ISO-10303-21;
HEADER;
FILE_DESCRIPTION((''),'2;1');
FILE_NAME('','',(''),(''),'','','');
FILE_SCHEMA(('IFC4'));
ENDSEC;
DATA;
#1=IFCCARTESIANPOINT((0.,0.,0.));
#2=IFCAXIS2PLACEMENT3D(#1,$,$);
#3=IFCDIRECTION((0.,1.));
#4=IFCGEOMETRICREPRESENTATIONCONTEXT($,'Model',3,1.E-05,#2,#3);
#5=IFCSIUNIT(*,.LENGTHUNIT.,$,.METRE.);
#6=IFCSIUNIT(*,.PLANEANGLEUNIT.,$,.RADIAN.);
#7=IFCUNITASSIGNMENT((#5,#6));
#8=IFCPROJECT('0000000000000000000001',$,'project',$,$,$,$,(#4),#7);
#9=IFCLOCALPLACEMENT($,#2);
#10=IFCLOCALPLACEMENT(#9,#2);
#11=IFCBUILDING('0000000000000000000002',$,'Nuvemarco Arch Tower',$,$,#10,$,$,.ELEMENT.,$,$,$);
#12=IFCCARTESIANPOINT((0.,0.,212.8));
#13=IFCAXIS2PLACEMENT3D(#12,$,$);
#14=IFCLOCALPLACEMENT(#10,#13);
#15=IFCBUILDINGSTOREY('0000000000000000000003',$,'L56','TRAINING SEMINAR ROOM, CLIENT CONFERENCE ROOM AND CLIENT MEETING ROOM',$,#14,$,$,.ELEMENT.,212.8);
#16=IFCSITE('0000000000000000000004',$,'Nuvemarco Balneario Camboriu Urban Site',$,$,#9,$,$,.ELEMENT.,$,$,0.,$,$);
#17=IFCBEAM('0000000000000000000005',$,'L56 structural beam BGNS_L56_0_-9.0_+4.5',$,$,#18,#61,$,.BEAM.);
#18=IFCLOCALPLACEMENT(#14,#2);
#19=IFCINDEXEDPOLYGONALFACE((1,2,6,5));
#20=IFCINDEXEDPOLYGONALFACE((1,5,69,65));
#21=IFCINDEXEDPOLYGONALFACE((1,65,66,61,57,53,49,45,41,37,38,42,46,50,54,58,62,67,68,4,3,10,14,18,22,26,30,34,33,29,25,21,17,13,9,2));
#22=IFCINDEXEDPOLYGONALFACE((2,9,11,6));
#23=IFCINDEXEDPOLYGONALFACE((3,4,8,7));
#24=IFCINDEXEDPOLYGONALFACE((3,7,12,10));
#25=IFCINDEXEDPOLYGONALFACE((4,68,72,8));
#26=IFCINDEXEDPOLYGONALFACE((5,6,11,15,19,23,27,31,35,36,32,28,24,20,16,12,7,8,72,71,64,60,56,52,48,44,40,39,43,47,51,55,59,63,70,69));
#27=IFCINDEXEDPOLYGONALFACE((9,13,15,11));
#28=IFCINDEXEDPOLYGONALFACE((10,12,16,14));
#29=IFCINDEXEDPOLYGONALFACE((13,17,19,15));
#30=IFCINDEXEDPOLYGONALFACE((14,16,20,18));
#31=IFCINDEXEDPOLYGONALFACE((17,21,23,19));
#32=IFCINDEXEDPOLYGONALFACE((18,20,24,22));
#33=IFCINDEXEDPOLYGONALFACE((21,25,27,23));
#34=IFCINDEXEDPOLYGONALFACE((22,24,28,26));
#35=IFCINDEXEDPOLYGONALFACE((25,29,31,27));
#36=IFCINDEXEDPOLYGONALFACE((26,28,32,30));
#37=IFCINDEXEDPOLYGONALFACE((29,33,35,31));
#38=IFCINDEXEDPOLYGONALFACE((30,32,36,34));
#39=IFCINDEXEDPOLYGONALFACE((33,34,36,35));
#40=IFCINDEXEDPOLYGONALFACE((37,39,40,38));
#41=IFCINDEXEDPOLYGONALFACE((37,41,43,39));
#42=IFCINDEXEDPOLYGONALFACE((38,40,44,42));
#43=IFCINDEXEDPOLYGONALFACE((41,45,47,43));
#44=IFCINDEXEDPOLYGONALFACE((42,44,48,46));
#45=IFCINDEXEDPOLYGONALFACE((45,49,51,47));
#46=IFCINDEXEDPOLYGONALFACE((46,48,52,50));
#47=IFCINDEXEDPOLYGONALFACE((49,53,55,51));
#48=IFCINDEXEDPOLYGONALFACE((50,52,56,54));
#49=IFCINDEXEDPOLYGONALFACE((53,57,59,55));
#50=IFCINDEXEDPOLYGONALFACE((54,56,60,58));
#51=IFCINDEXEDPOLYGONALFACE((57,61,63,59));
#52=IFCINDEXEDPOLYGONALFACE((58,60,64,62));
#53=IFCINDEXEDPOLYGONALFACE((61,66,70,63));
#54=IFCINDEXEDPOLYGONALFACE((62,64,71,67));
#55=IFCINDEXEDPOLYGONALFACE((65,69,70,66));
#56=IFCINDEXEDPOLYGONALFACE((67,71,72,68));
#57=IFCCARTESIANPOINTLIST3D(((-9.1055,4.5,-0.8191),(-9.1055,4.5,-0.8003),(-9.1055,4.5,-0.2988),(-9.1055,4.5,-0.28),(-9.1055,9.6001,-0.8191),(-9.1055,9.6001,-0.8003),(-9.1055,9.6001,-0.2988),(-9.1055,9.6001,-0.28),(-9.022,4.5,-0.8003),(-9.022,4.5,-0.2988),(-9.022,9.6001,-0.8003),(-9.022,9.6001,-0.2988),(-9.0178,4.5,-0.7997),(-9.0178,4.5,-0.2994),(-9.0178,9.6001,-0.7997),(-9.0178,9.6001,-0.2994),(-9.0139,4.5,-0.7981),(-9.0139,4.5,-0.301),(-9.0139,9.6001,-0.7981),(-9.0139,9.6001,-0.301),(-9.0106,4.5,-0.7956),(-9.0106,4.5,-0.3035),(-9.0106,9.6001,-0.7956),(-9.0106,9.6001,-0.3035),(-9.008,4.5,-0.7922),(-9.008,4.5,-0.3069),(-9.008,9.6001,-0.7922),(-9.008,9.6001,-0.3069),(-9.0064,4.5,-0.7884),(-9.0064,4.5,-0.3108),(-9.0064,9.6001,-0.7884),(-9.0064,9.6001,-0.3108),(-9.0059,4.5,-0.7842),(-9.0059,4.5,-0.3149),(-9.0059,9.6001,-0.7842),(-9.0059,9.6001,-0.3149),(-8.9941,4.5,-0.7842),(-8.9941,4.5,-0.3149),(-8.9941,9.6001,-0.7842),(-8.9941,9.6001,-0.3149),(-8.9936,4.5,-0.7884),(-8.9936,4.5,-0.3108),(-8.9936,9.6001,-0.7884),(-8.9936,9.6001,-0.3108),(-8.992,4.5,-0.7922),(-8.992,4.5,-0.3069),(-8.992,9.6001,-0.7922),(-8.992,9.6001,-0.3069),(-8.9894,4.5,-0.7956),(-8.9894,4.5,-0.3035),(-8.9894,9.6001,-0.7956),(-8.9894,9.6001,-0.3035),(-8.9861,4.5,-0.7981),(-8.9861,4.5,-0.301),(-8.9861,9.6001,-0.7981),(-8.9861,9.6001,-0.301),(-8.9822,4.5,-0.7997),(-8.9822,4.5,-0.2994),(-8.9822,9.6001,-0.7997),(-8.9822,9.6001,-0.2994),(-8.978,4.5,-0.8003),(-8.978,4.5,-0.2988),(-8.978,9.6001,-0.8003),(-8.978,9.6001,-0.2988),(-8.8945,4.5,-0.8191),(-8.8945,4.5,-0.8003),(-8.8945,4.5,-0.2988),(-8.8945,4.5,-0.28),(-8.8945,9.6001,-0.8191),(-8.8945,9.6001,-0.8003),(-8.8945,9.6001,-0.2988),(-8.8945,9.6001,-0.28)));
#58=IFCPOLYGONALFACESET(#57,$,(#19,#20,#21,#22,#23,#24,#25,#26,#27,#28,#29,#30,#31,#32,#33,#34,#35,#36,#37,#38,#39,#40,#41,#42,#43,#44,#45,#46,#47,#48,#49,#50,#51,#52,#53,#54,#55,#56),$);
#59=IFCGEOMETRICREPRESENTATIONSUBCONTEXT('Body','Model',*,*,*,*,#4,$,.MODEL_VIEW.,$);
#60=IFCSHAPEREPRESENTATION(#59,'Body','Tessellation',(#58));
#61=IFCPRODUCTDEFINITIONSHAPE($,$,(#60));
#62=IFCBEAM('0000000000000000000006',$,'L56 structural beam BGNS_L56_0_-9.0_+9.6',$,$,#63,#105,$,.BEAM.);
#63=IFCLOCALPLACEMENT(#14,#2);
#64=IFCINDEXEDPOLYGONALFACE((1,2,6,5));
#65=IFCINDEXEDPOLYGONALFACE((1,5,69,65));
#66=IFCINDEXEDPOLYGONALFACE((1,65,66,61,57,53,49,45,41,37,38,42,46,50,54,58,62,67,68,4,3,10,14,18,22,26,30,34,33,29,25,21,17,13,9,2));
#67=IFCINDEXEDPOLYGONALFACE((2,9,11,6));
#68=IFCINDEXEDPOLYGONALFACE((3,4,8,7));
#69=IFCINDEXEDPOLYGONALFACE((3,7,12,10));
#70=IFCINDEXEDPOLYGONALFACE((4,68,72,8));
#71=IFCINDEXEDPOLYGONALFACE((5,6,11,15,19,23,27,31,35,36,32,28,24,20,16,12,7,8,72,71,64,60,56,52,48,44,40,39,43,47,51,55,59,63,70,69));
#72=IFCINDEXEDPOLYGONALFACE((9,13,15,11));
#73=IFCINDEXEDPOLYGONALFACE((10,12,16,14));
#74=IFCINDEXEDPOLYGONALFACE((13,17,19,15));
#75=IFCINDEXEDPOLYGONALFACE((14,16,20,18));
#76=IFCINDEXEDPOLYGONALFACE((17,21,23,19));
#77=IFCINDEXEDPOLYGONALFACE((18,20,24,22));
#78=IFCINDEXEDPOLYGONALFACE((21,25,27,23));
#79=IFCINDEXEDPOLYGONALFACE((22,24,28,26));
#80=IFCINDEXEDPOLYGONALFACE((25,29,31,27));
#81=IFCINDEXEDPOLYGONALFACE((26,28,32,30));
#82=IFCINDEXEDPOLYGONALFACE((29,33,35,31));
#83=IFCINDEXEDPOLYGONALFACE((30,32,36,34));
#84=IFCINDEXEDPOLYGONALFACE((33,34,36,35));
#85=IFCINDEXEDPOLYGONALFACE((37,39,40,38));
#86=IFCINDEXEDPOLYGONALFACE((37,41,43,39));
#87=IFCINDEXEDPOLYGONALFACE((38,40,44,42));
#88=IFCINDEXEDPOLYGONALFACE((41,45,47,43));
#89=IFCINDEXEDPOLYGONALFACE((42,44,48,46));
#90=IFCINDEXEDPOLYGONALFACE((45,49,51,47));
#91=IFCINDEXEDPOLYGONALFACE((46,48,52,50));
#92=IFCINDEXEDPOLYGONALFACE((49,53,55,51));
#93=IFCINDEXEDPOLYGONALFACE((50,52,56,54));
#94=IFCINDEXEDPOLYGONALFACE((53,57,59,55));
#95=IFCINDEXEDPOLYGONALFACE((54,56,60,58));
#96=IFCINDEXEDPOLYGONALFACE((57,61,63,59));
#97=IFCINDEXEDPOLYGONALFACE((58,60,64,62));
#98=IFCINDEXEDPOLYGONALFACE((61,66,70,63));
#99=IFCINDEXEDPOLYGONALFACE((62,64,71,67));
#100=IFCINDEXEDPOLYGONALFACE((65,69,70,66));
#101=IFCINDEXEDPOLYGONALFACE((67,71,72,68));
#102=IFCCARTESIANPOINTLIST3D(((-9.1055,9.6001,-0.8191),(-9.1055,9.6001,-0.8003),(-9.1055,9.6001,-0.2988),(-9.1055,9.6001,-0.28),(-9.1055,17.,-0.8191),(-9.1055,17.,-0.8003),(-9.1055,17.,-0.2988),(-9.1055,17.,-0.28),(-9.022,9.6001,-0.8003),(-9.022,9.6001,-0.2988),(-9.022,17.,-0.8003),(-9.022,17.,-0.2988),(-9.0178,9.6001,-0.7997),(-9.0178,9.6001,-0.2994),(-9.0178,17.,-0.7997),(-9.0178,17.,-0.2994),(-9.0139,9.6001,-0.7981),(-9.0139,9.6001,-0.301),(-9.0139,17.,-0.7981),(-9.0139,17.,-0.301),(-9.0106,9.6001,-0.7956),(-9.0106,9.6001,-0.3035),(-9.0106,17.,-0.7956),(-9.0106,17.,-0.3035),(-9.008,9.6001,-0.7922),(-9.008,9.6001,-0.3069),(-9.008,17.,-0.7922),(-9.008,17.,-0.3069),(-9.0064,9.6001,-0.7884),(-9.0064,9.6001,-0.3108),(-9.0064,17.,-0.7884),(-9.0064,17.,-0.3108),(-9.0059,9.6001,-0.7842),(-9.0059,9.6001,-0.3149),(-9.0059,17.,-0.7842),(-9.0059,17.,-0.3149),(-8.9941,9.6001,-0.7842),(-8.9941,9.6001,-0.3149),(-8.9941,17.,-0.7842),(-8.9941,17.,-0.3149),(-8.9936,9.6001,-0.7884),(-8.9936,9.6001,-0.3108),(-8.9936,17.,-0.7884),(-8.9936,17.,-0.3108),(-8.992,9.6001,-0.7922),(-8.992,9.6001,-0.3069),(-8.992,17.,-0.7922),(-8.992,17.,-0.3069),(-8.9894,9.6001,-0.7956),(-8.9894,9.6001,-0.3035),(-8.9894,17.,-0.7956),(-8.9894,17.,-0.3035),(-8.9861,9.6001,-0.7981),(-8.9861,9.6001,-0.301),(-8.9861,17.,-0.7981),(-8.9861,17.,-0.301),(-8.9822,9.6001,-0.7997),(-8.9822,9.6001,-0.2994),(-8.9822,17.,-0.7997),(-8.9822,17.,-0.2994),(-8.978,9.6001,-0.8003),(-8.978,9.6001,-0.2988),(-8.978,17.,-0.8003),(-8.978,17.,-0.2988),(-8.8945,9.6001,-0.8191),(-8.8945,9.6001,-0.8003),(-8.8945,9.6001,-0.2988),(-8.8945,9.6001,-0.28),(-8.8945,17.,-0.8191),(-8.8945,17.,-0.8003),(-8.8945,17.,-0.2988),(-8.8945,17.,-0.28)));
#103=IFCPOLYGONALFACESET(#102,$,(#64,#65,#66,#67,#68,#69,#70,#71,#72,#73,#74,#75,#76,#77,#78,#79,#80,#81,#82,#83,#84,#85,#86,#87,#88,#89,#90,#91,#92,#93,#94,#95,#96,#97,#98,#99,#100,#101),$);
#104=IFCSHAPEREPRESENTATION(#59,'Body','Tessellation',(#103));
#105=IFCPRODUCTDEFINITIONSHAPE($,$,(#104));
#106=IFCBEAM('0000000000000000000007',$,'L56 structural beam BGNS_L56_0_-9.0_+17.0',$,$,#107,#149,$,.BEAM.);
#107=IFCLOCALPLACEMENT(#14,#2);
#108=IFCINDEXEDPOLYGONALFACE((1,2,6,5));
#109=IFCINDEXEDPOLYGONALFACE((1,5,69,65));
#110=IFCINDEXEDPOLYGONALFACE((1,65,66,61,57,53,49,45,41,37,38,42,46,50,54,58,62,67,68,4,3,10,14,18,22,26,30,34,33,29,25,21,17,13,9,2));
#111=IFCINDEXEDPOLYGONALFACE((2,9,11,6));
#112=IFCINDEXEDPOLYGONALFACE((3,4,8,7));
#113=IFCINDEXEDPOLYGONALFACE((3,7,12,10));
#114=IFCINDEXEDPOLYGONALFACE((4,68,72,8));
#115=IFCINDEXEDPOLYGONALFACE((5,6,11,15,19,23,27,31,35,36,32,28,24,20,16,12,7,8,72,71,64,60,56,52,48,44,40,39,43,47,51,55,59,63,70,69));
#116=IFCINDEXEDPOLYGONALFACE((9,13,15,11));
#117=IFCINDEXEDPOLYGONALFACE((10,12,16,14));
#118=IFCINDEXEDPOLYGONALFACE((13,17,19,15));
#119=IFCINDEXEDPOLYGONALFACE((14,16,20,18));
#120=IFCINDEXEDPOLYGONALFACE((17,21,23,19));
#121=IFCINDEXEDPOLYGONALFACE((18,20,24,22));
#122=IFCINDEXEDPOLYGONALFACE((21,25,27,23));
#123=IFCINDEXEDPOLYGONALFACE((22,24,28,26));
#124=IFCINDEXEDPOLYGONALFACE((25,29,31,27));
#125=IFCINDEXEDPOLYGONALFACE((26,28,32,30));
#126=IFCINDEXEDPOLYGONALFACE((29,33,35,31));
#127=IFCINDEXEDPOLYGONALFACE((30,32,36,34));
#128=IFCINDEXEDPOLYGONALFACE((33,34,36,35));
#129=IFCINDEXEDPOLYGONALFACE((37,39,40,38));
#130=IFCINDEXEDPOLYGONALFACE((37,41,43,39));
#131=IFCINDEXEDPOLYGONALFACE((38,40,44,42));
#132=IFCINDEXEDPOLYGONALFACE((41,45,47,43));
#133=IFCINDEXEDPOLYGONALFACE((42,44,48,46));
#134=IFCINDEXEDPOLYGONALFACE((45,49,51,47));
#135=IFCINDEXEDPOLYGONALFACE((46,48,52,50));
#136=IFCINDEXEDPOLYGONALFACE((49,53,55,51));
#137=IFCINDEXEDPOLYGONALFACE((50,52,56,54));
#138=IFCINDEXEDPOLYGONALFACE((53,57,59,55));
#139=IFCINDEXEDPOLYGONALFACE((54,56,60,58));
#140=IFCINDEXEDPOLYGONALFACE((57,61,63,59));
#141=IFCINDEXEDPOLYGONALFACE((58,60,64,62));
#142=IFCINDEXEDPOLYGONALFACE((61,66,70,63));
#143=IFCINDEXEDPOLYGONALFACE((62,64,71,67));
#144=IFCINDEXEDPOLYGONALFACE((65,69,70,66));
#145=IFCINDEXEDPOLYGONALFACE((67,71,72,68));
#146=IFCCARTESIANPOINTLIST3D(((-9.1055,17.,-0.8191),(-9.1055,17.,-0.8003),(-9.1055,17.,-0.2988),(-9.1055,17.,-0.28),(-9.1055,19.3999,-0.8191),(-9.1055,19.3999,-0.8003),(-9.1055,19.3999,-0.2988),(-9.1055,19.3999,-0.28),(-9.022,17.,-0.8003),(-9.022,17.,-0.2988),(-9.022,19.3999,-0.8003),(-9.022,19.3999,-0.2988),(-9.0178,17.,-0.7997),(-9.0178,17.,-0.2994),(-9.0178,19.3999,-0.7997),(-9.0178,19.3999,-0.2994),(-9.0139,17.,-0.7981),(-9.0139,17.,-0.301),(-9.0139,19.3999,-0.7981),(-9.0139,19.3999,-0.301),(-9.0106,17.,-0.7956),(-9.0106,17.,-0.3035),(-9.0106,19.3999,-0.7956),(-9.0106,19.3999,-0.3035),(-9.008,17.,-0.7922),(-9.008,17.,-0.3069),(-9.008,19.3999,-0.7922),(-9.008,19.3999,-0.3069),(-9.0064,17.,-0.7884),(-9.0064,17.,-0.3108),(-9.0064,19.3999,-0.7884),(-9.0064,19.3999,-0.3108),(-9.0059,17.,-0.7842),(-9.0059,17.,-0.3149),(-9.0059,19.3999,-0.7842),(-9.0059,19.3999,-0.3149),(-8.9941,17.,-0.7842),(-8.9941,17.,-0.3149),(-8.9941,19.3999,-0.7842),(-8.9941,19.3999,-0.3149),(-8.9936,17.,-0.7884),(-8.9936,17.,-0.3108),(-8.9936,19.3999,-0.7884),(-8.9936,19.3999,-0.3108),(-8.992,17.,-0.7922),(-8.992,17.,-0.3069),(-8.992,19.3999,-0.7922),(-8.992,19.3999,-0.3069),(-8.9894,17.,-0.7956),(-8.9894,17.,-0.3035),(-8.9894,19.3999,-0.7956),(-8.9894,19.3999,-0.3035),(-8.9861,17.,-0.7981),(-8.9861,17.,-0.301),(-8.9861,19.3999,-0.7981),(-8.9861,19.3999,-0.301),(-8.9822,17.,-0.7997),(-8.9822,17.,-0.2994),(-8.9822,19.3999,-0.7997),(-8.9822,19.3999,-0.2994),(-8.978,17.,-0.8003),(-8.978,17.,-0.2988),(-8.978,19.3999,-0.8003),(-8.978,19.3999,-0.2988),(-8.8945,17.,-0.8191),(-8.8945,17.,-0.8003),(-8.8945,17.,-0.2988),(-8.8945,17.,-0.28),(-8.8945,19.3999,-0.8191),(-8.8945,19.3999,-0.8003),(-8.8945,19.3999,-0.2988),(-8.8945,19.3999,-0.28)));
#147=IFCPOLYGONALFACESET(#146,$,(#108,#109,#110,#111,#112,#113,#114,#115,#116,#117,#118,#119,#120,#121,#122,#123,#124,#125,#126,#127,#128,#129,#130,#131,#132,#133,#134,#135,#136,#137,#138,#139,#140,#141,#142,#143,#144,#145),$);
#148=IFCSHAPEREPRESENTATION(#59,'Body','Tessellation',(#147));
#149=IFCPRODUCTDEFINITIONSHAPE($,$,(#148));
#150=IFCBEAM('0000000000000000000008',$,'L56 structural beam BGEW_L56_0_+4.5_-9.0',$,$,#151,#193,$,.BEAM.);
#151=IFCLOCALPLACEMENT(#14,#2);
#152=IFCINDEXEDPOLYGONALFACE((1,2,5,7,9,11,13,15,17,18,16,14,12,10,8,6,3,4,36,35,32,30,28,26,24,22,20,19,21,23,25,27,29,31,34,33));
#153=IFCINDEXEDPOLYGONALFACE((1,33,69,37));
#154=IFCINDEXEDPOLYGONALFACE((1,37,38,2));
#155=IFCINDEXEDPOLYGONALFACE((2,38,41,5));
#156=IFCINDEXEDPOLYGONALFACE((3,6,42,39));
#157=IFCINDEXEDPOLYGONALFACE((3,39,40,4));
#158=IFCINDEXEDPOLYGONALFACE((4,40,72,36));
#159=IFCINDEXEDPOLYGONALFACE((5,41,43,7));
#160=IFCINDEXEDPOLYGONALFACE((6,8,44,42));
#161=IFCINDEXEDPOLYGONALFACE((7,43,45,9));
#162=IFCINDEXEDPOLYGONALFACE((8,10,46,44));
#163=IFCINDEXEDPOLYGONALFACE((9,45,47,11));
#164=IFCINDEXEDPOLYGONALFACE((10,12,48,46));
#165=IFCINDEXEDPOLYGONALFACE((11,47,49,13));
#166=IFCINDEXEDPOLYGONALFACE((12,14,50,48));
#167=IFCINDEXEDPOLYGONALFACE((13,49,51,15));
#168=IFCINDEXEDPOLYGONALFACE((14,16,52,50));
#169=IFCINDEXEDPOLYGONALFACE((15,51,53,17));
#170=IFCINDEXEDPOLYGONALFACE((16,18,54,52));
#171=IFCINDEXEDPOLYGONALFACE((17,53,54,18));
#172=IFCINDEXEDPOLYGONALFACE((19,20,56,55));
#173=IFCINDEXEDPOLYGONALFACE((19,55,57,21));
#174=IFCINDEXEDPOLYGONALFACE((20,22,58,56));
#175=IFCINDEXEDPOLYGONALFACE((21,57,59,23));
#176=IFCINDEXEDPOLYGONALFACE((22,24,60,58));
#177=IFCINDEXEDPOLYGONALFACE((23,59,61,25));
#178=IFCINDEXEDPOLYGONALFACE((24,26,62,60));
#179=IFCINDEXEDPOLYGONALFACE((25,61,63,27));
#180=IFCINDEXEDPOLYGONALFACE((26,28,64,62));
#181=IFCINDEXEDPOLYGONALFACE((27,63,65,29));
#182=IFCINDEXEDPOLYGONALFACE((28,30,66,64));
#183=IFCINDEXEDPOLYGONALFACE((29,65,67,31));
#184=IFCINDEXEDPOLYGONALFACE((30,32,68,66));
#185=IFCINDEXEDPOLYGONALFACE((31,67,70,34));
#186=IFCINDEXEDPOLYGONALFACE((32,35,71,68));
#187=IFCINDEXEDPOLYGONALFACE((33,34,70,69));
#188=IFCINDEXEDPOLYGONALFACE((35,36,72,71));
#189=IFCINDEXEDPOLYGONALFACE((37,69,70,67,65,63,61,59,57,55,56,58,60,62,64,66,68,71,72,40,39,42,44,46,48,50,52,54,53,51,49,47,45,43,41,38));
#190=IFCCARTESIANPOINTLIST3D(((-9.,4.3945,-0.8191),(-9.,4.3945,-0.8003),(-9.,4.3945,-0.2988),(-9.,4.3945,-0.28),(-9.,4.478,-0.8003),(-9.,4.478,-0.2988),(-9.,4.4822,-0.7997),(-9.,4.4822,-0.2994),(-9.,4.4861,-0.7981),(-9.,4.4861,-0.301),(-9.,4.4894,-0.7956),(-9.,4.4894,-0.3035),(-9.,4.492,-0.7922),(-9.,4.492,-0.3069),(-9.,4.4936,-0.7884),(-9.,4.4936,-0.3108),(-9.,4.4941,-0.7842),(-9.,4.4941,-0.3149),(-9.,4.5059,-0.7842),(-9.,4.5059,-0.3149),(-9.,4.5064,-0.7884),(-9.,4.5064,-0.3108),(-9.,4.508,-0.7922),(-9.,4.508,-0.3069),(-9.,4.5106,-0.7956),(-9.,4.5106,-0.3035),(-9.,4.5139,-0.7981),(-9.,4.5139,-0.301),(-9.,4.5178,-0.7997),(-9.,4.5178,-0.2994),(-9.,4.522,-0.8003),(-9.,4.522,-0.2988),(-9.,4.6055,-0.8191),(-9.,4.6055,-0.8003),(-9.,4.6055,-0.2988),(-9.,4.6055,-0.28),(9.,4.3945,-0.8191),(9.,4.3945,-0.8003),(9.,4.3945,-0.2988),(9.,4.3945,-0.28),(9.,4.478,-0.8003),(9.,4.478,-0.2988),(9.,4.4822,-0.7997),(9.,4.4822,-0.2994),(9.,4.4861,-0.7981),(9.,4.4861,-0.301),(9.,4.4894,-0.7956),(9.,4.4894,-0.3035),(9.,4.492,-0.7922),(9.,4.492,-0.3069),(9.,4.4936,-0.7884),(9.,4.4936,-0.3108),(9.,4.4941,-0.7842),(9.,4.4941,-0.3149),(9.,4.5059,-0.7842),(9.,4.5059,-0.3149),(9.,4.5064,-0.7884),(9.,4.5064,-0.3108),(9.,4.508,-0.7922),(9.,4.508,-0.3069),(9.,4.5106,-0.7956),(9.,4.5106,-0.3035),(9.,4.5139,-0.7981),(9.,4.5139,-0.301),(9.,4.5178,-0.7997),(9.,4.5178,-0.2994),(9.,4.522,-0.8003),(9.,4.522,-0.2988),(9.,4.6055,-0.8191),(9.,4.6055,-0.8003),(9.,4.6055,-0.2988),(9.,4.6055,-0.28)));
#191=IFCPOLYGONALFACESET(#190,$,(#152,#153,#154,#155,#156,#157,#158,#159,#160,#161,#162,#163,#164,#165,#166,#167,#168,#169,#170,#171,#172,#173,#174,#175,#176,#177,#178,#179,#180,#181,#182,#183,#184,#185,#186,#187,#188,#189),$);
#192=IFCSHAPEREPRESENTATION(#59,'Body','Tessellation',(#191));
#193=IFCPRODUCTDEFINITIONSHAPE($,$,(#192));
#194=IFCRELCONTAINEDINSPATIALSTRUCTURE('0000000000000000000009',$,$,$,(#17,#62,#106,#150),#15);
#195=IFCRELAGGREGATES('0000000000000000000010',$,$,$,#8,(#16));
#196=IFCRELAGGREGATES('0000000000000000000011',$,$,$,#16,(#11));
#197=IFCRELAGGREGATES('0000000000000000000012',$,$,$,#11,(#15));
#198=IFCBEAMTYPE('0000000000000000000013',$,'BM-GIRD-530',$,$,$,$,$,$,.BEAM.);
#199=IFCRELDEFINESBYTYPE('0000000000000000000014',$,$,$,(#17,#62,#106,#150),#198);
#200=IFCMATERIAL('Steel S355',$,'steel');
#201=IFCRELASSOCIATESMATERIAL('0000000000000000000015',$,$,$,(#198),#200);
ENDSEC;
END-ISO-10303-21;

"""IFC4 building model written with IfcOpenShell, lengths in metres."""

from ifc_helpers import new_model, si_unit, direction, frame, origin, origin_2d, place, context, subcontext, project, spatial, i_section, extrude, material, material_profile, profile_set, type_object, element, save


model = new_model("IFC4")

# Units and contexts
model_context = context("Model", 3, precision=1e-05, world=origin(), true_north=direction((0.0, 1.0)))
body_context = subcontext(model_context, "Body", "Model", "MODEL_VIEW")
ifc_project = project(units=[si_unit("LENGTHUNIT", "METRE"), si_unit("PLANEANGLEUNIT", "RADIAN")], contexts=[model_context])

# Site, building, storey
site_placement = place(None, origin())
site = spatial("IfcSite", under=ifc_project, at=site_placement, Name="Nuvemarco Balneario Camboriu Urban Site", CompositionType="ELEMENT", RefElevation=0.0)
building_placement = place(site_placement, origin())
building = spatial("IfcBuilding", under=site, at=building_placement, Name="Nuvemarco Arch Tower", CompositionType="ELEMENT")
storey_placement = place(building_placement, frame((0.0, 0.0, 212.8)))
storey = spatial("IfcBuildingStorey", under=building, at=storey_placement, Name="L56", Description="TRAINING SEMINAR ROOM, CLIENT CONFERENCE ROOM AND CLIENT MEETING ROOM", CompositionType="ELEMENT", Elevation=212.8)

# Shared definitions
ifc_material_1 = material(Name="Steel S355", Category="steel")

# Beams
ifc_material_profile_1 = material_profile(ifc_material_1, i_section(OverallWidth=0.2109, OverallDepth=0.5391, WebThickness=0.0117, FlangeThickness=0.0188, FilletRadius=0.0161, at=origin_2d()), Name="W530x109")
ifc_profile_set_1 = profile_set([ifc_material_profile_1], Name="Steel S355")
beam_type_1 = type_object("IfcBeamType", Name="BM-GIRD-530", PredefinedType="BEAM", material=ifc_profile_set_1)
beam_1_placement = place(storey_placement, frame((-9.0, 4.5, -0.5496), z_axis=(0.0, 1.0, 0.0), x_axis=(-1.0, 0.0, 0.0)))
element("IfcBeam", 1, at=beam_1_placement, inside=storey, type_object=beam_type_1, Name="L56 structural beam BGNS_L56_0_-9.0_+4.5", PredefinedType="BEAM", context=body_context, shape_type="SweptSolid", body=[
    extrude(i_section(OverallWidth=0.2109, OverallDepth=0.5391, WebThickness=0.0117, FlangeThickness=0.0188, FilletRadius=0.0161, at=origin_2d()), origin(), (0.0, 0.0, 1.0), 5.1001),
])
beam_2_placement = place(storey_placement, frame((-9.0, 9.6001, -0.5496), z_axis=(0.0, 1.0, 0.0), x_axis=(-1.0, 0.0, 0.0)))
element("IfcBeam", 2, at=beam_2_placement, inside=storey, type_object=beam_type_1, Name="L56 structural beam BGNS_L56_0_-9.0_+9.6", PredefinedType="BEAM", context=body_context, shape_type="SweptSolid", body=[
    extrude(i_section(OverallWidth=0.2109, OverallDepth=0.5391, WebThickness=0.0117, FlangeThickness=0.0188, FilletRadius=0.0161, at=origin_2d()), origin(), (0.0, 0.0, 1.0), 7.3999),
])
beam_3_placement = place(storey_placement, frame((-9.0, 17.0, -0.5496), z_axis=(0.0, 1.0, 0.0), x_axis=(-1.0, 0.0, 0.0)))
element("IfcBeam", 3, at=beam_3_placement, inside=storey, type_object=beam_type_1, Name="L56 structural beam BGNS_L56_0_-9.0_+17.0", PredefinedType="BEAM", context=body_context, shape_type="SweptSolid", body=[
    extrude(i_section(OverallWidth=0.2109, OverallDepth=0.5391, WebThickness=0.0117, FlangeThickness=0.0188, FilletRadius=0.0161, at=origin_2d()), origin(), (0.0, 0.0, 1.0), 2.3999),
])
beam_4_placement = place(storey_placement, frame((-9.0, 4.5, -0.5496), z_axis=(1.0, 0.0, 0.0), x_axis=(0.0, 1.0, 0.0)))
element("IfcBeam", 4, at=beam_4_placement, inside=storey, type_object=beam_type_1, Name="L56 structural beam BGEW_L56_0_+4.5_-9.0", PredefinedType="BEAM", context=body_context, shape_type="SweptSolid", body=[
    extrude(i_section(OverallWidth=0.2109, OverallDepth=0.5391, WebThickness=0.0117, FlangeThickness=0.0188, FilletRadius=0.0161, at=origin_2d()), origin(), (0.0, 0.0, 1.0), 18.0),
])

save(model, "model.ifc")
